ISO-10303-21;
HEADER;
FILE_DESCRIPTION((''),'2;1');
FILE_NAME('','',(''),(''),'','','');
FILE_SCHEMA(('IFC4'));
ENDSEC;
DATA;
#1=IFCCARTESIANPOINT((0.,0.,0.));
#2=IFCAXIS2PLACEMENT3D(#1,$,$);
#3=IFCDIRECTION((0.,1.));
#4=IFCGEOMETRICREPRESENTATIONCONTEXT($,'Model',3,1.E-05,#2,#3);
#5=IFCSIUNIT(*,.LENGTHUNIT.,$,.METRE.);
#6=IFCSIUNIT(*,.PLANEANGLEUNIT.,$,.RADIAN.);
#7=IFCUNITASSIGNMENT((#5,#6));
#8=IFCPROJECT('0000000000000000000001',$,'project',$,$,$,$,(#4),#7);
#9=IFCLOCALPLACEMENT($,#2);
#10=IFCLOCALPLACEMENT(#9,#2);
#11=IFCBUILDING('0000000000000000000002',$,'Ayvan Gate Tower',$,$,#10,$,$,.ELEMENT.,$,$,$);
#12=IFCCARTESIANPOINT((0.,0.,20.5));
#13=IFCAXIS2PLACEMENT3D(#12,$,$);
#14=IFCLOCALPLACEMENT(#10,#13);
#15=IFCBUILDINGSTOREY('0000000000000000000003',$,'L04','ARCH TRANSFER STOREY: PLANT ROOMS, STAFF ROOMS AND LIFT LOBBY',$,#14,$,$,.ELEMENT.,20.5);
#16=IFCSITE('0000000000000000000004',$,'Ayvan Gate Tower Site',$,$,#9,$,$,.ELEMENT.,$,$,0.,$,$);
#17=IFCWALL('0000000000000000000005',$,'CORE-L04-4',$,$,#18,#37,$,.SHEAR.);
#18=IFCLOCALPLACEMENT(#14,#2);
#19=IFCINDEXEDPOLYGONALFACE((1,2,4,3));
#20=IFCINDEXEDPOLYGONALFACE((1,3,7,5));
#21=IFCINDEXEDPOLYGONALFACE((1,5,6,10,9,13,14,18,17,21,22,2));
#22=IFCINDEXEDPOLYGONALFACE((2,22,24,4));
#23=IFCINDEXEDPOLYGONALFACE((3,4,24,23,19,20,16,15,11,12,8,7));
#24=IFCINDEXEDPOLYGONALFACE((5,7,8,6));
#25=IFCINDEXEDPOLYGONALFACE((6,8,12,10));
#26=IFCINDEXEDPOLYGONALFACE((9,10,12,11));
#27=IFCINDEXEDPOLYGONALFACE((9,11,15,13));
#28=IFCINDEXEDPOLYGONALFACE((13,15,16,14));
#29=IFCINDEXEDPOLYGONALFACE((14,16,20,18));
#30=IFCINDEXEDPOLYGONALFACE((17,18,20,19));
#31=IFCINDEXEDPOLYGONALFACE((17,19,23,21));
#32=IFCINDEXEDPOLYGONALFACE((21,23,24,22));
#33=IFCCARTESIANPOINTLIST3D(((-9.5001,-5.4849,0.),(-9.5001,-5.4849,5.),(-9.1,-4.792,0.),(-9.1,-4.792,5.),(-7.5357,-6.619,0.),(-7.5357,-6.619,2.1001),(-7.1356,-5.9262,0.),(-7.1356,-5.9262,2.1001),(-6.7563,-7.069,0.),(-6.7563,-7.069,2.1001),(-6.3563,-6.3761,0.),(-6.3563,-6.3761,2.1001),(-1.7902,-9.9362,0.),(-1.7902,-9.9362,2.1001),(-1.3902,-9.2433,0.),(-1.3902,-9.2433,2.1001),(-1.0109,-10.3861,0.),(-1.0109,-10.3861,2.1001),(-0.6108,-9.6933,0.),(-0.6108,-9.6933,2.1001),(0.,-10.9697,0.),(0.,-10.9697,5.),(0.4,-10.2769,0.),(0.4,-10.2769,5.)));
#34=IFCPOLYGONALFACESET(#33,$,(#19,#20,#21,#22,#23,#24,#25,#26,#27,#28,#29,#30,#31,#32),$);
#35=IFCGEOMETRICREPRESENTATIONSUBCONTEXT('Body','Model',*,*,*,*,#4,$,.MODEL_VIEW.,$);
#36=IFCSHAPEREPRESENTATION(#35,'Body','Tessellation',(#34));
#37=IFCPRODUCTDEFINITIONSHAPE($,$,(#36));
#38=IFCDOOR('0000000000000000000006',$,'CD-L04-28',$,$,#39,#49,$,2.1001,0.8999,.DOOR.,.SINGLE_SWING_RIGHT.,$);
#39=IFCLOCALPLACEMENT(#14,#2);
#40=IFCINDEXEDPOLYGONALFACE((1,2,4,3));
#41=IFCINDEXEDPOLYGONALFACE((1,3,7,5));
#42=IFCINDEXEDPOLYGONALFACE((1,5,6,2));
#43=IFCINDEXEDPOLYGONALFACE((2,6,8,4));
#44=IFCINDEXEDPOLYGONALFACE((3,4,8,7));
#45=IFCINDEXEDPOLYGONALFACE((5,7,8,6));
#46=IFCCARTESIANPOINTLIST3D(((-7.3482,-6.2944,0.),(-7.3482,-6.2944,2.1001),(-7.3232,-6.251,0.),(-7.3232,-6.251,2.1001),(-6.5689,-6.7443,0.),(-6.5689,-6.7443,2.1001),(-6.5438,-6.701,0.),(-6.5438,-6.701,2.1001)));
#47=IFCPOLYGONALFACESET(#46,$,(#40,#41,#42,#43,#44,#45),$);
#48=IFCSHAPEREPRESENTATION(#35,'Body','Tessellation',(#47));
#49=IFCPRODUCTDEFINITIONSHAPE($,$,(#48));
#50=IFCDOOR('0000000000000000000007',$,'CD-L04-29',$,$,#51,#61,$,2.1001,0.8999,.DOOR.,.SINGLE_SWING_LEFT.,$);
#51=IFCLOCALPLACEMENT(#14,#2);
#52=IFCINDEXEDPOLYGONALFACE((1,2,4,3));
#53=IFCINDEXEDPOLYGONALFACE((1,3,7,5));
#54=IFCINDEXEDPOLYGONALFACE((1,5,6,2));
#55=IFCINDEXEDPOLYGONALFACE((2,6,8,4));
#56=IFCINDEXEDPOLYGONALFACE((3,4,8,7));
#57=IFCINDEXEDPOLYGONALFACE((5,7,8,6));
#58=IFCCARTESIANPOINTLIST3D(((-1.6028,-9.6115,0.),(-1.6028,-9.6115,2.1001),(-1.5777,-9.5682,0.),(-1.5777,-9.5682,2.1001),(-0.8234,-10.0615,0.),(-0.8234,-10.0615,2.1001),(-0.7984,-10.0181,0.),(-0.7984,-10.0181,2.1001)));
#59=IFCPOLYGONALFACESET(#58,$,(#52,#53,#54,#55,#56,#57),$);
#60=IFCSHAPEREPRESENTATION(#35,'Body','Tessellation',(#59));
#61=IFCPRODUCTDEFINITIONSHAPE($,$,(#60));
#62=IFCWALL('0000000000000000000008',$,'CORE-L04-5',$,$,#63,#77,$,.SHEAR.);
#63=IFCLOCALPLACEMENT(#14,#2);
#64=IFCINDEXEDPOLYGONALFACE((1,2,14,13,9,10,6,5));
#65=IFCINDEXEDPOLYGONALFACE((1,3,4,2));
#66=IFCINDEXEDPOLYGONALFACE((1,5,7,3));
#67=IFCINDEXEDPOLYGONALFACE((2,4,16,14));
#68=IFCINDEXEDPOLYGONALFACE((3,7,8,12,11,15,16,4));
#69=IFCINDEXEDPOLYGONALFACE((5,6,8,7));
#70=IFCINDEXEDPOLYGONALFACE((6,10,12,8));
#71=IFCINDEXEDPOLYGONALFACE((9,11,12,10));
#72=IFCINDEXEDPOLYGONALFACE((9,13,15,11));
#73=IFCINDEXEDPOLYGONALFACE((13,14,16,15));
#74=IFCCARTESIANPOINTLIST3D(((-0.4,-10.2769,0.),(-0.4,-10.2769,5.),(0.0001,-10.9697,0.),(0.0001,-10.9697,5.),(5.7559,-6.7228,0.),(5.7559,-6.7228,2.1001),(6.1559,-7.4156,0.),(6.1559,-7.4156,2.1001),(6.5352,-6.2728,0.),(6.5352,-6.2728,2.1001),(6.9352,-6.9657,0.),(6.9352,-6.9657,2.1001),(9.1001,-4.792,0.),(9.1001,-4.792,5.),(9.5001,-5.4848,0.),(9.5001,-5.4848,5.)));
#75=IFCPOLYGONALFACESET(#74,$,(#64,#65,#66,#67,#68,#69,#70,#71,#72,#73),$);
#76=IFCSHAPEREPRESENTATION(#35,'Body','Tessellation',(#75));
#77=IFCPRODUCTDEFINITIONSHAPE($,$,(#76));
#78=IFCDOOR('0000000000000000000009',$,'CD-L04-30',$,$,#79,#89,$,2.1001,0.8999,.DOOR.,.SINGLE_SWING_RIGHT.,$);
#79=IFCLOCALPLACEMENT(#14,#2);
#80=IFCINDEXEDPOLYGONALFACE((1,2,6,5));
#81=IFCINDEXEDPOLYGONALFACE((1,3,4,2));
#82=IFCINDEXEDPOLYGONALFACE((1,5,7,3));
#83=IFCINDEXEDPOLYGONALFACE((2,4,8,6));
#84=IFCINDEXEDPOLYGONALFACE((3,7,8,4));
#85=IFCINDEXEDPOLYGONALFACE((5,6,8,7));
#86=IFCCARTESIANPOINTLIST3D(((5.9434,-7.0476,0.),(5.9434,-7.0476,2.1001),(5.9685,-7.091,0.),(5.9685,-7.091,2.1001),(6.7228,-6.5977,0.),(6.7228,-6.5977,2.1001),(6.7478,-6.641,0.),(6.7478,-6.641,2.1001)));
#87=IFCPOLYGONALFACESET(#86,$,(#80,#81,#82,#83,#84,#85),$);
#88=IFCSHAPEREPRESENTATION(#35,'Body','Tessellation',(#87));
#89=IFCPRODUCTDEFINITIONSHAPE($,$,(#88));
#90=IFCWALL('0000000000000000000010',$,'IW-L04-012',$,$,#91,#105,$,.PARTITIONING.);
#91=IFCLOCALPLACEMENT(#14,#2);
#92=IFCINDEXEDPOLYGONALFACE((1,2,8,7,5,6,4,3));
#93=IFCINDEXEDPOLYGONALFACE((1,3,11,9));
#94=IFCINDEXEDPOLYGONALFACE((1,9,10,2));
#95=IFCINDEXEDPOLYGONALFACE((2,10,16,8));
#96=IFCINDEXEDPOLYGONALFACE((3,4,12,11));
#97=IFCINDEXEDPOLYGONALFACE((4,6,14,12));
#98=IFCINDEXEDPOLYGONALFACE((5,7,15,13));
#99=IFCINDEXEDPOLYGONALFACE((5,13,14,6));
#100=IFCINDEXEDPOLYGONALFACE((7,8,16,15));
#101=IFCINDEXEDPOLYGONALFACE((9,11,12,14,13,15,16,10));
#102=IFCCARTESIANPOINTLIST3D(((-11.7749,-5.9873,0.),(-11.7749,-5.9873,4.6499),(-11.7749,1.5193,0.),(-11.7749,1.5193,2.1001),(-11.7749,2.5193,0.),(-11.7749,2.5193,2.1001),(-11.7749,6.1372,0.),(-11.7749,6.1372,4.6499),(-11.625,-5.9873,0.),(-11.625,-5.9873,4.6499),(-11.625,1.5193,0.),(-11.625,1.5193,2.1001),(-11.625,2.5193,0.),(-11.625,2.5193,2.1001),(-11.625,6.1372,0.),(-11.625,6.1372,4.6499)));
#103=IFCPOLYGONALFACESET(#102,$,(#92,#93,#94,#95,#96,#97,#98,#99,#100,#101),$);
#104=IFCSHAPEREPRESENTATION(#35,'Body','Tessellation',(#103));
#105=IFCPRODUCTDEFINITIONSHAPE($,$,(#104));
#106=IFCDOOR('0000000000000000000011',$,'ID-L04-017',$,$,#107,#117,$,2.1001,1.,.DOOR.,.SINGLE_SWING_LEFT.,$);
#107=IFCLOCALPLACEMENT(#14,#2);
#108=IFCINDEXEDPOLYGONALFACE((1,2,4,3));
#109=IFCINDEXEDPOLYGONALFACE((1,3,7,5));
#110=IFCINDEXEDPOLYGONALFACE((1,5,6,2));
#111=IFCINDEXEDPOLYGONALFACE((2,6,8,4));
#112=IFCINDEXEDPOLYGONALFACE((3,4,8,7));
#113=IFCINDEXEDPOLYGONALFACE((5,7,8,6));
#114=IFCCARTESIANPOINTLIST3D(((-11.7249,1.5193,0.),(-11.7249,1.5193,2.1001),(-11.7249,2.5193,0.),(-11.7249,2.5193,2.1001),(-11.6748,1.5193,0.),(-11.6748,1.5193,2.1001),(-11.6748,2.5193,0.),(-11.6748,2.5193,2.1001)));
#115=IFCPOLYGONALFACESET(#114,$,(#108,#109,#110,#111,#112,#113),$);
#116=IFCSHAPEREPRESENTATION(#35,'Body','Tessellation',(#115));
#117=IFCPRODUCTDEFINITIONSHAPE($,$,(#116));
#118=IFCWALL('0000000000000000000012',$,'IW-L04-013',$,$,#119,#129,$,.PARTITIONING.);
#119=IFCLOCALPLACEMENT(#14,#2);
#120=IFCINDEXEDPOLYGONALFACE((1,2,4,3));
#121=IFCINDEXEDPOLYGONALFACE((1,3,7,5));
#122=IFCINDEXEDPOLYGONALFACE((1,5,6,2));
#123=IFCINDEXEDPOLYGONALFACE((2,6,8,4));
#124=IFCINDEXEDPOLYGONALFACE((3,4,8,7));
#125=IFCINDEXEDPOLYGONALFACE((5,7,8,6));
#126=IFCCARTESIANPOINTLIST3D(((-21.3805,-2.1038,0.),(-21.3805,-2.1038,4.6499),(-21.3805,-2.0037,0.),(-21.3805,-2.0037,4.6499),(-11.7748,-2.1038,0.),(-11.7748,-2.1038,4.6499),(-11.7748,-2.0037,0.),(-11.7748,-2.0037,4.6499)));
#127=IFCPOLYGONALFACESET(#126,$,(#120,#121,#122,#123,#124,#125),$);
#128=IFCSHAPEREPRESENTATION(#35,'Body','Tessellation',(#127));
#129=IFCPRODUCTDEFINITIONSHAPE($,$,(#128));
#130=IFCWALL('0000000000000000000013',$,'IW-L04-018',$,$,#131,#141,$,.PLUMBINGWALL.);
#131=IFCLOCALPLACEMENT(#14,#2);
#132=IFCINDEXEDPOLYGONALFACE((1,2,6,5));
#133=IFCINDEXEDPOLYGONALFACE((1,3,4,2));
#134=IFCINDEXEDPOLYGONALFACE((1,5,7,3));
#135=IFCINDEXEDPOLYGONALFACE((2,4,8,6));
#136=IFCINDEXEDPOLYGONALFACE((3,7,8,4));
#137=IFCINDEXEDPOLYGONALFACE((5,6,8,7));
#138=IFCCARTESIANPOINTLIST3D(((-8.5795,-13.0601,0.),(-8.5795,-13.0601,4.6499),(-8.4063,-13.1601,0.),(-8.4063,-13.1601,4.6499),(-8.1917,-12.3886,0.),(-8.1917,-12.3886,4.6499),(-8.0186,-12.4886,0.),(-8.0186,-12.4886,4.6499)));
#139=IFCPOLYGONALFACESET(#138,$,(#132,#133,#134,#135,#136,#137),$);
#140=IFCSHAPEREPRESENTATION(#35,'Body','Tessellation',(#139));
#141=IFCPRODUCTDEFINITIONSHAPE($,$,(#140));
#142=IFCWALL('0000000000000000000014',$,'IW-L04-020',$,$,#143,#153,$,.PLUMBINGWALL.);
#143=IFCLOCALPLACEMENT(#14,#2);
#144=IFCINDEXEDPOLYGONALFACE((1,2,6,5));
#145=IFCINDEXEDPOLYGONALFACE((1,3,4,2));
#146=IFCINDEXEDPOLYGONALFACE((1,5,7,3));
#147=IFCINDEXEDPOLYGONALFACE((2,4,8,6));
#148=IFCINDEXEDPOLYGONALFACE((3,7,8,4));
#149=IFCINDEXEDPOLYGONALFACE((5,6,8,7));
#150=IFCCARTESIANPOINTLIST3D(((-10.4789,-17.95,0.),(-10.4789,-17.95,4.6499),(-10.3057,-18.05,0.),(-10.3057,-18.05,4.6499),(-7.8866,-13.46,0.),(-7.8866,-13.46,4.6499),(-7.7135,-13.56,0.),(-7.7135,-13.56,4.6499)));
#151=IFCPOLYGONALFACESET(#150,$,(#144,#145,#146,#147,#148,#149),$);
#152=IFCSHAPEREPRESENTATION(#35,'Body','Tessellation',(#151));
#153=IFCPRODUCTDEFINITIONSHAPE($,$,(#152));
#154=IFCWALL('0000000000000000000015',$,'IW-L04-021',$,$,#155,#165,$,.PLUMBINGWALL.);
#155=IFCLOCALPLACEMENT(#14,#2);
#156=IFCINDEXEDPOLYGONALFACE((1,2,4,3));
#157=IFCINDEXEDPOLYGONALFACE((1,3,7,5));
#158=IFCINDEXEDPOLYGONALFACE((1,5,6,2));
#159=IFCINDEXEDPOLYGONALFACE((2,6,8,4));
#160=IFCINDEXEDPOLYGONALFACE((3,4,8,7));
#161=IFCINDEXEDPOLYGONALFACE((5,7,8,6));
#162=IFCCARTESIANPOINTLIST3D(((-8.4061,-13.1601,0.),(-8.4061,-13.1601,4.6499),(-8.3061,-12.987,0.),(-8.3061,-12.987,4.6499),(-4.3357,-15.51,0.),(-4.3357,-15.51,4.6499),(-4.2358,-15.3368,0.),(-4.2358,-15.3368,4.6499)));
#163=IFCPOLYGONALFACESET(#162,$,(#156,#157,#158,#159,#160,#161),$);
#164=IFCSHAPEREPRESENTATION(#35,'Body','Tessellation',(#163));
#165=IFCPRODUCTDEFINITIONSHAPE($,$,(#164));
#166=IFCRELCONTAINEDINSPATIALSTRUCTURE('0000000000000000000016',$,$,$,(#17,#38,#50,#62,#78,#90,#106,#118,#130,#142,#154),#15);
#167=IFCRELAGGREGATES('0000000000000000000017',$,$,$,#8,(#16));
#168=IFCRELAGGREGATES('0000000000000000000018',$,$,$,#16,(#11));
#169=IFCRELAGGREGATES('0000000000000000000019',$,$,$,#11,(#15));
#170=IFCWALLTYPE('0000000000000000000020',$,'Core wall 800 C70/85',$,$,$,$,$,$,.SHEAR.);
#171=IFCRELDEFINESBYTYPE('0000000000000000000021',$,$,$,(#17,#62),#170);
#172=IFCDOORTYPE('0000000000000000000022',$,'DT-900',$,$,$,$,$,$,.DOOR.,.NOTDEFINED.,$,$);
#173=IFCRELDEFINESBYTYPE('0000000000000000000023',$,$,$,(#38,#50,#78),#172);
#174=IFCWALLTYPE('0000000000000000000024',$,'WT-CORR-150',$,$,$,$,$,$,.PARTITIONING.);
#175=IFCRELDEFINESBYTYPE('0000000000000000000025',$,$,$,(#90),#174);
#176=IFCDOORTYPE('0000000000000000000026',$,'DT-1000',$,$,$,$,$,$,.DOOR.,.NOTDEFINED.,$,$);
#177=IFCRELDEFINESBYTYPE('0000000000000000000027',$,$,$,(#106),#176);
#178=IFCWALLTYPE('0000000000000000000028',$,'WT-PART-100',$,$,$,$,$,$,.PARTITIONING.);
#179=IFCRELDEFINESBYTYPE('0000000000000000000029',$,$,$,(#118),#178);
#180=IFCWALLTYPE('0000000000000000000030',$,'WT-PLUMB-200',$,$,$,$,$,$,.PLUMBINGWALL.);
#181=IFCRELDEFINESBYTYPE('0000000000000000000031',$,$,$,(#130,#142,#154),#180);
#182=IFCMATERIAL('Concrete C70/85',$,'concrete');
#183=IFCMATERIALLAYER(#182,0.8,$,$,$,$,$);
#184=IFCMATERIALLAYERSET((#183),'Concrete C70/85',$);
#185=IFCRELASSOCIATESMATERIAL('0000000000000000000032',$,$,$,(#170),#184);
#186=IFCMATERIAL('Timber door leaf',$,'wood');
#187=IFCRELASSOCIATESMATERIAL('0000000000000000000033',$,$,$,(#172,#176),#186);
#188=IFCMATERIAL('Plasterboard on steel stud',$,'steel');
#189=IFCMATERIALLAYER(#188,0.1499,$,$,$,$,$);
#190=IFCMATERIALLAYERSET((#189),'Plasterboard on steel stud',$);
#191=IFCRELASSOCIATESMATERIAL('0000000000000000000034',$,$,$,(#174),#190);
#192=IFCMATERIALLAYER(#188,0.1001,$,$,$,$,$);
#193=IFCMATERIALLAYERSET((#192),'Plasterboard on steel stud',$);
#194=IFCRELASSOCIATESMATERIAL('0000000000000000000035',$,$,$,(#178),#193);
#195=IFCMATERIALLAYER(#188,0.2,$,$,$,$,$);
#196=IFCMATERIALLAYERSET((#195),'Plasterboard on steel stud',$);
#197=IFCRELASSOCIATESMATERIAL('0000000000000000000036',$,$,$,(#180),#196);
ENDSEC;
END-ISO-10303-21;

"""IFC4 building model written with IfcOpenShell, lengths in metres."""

from ifc_helpers import new_model, si_unit, direction, frame, frame_2d, origin, place, context, subcontext, project, spatial, rectangle, extrude, material, layer, layer_set, type_object, element, fill, save


model = new_model("IFC4")

# Units and contexts
model_context = context("Model", 3, precision=1e-05, world=origin(), true_north=direction((0.0, 1.0)))
body_context = subcontext(model_context, "Body", "Model", "MODEL_VIEW")
ifc_project = project(units=[si_unit("LENGTHUNIT", "METRE"), si_unit("PLANEANGLEUNIT", "RADIAN")], contexts=[model_context])

# Site, building, storey
site_placement = place(None, origin())
site = spatial("IfcSite", under=ifc_project, at=site_placement, Name="Ayvan Gate Tower Site", CompositionType="ELEMENT", RefElevation=0.0)
building_placement = place(site_placement, origin())
building = spatial("IfcBuilding", under=site, at=building_placement, Name="Ayvan Gate Tower", CompositionType="ELEMENT")
storey_placement = place(building_placement, frame((0.0, 0.0, 20.5)))
storey = spatial("IfcBuildingStorey", under=building, at=storey_placement, Name="L04", Description="ARCH TRANSFER STOREY: PLANT ROOMS, STAFF ROOMS AND LIFT LOBBY", CompositionType="ELEMENT", Elevation=20.5)

# Wall, openings, doors
ifc_material_1 = material(Name="Concrete C70/85", Category="concrete")
ifc_layer_1 = layer(ifc_material_1, 0.8)
ifc_layer_set_1 = layer_set([ifc_layer_1], Name="Concrete C70/85")
wall_type_1 = type_object("IfcWallType", Name="Core wall 800 C70/85", PredefinedType="SHEAR", material=ifc_layer_set_1)
wall_1_placement = place(storey_placement, frame((-9.3, -5.1384, 0.0), z_axis=(0.0, 0.0, 1.0), x_axis=(0.866024, -0.500002, 0.0)))
wall_1 = element("IfcWall", 1, at=wall_1_placement, inside=storey, type_object=wall_type_1, Name="CORE-L04-4", PredefinedType="SHEAR", context=body_context, shape_type="SweptSolid", body=[
    extrude(rectangle(XDim=10.9697, YDim=0.8, at=frame_2d((5.4849, 0.0))), origin(), (0.0, 0.0, 1.0), 5.0),
])
opening_1_placement = place(wall_1_placement, frame((2.2683, 0.0, 0.0)))
opening_1 = element("IfcOpeningElement", 2, at=opening_1_placement, cuts=wall_1, PredefinedType="OPENING", context=body_context, shape_type="SweptSolid", body=[
    extrude(rectangle(XDim=0.8999, YDim=2.1001, at=frame_2d((0.45, 1.05))), frame((0.0, 0.4099, 0.0), z_axis=(0.0, -1.0, 0.0), x_axis=(1.0, 0.0, 0.0)), (0.0, 0.0, 1.0), 0.8201),
])
opening_2_placement = place(wall_1_placement, frame((8.9026, 0.0, 0.0)))
opening_2 = element("IfcOpeningElement", 3, at=opening_2_placement, cuts=wall_1, PredefinedType="OPENING", context=body_context, shape_type="SweptSolid", body=[
    extrude(rectangle(XDim=0.8999, YDim=2.1001, at=frame_2d((0.45, 1.05))), frame((0.0, 0.4099, 0.0), z_axis=(0.0, -1.0, 0.0), x_axis=(1.0, 0.0, 0.0)), (0.0, 0.0, 1.0), 0.8201),
])
ifc_material_2 = material(Name="Timber door leaf", Category="wood")
door_type_1 = type_object("IfcDoorType", Name="DT-900", OperationType="NOTDEFINED", PredefinedType="DOOR", material=ifc_material_2)
door_1_placement = place(opening_1_placement, origin())
door_1 = element("IfcDoor", 4, at=door_1_placement, inside=storey, type_object=door_type_1, Name="CD-L04-28", OperationType="SINGLE_SWING_RIGHT", OverallHeight=2.1001, OverallWidth=0.8999, PredefinedType="DOOR", context=body_context, shape_type="SweptSolid", body=[
    extrude(rectangle(XDim=0.8999, YDim=2.1001, at=frame_2d((0.45, 1.05))), frame((0.0, 0.0249, 0.0), z_axis=(0.0, -1.0, 0.0), x_axis=(1.0, 0.0, 0.0)), (0.0, 0.0, 1.0), 0.05),
])
fill(opening_1, door_1)
door_2_placement = place(opening_2_placement, origin())
door_2 = element("IfcDoor", 5, at=door_2_placement, inside=storey, type_object=door_type_1, Name="CD-L04-29", OperationType="SINGLE_SWING_LEFT", OverallHeight=2.1001, OverallWidth=0.8999, PredefinedType="DOOR", context=body_context, shape_type="SweptSolid", body=[
    extrude(rectangle(XDim=0.8999, YDim=2.1001, at=frame_2d((0.45, 1.05))), frame((0.0, 0.0249, 0.0), z_axis=(0.0, -1.0, 0.0), x_axis=(1.0, 0.0, 0.0)), (0.0, 0.0, 1.0), 0.05),
])
fill(opening_2, door_2)

# Walls, openings, doors
wall_2_placement = place(storey_placement, frame((-0.2, -10.6233, 0.0), z_axis=(0.0, 0.0, 1.0), x_axis=(0.866024, 0.500002, 0.0)))
wall_2 = element("IfcWall", 6, at=wall_2_placement, inside=storey, type_object=wall_type_1, Name="CORE-L04-5", PredefinedType="SHEAR", context=body_context, shape_type="SweptSolid", body=[
    extrude(rectangle(XDim=10.9697, YDim=0.8, at=frame_2d((5.4849, 0.0))), origin(), (0.0, 0.0, 1.0), 5.0),
])
opening_3_placement = place(wall_2_placement, frame((7.1082, 0.0, 0.0)))
opening_3 = element("IfcOpeningElement", 7, at=opening_3_placement, cuts=wall_2, PredefinedType="OPENING", context=body_context, shape_type="SweptSolid", body=[
    extrude(rectangle(XDim=0.8999, YDim=2.1001, at=frame_2d((0.45, 1.05))), frame((0.0, 0.4099, 0.0), z_axis=(0.0, -1.0, 0.0), x_axis=(1.0, 0.0, 0.0)), (0.0, 0.0, 1.0), 0.8201),
])
door_3_placement = place(opening_3_placement, origin())
door_3 = element("IfcDoor", 8, at=door_3_placement, inside=storey, type_object=door_type_1, Name="CD-L04-30", OperationType="SINGLE_SWING_RIGHT", OverallHeight=2.1001, OverallWidth=0.8999, PredefinedType="DOOR", context=body_context, shape_type="SweptSolid", body=[
    extrude(rectangle(XDim=0.8999, YDim=2.1001, at=frame_2d((0.45, 1.05))), frame((0.0, 0.0249, 0.0), z_axis=(0.0, -1.0, 0.0), x_axis=(1.0, 0.0, 0.0)), (0.0, 0.0, 1.0), 0.05),
])
fill(opening_3, door_3)
ifc_material_3 = material(Name="Plasterboard on steel stud", Category="steel")
ifc_layer_2 = layer(ifc_material_3, 0.1499)
ifc_layer_set_2 = layer_set([ifc_layer_2], Name="Plasterboard on steel stud")
wall_type_2 = type_object("IfcWallType", Name="WT-CORR-150", PredefinedType="PARTITIONING", material=ifc_layer_set_2)
wall_3_placement = place(storey_placement, frame((-11.7, -5.9873, 0.0), z_axis=(0.0, 0.0, 1.0), x_axis=(0.0, 1.0, 0.0)))
wall_3 = element("IfcWall", 9, at=wall_3_placement, inside=storey, type_object=wall_type_2, Name="IW-L04-012", PredefinedType="PARTITIONING", context=body_context, shape_type="SweptSolid", body=[
    extrude(rectangle(XDim=12.1245, YDim=0.1499, at=frame_2d((6.0623, 0.0))), origin(), (0.0, 0.0, 1.0), 4.6499),
])
opening_4_placement = place(wall_3_placement, frame((7.5066, 0.0, 0.0)))
opening_4 = element("IfcOpeningElement", 10, at=opening_4_placement, cuts=wall_3, PredefinedType="OPENING", context=body_context, shape_type="SweptSolid", body=[
    extrude(rectangle(XDim=1.0, YDim=2.1001, at=frame_2d((0.5, 1.05))), frame((0.0, 0.085, 0.0), z_axis=(0.0, -1.0, 0.0), x_axis=(1.0, 0.0, 0.0)), (0.0, 0.0, 1.0), 0.1699),
])
door_type_2 = type_object("IfcDoorType", Name="DT-1000", OperationType="NOTDEFINED", PredefinedType="DOOR", material=ifc_material_2)
door_4_placement = place(opening_4_placement, origin())
door_4 = element("IfcDoor", 11, at=door_4_placement, inside=storey, type_object=door_type_2, Name="ID-L04-017", OperationType="SINGLE_SWING_LEFT", OverallHeight=2.1001, OverallWidth=1.0, PredefinedType="DOOR", context=body_context, shape_type="SweptSolid", body=[
    extrude(rectangle(XDim=1.0, YDim=2.1001, at=frame_2d((0.5, 1.05))), frame((0.0, 0.0249, 0.0), z_axis=(0.0, -1.0, 0.0), x_axis=(1.0, 0.0, 0.0)), (0.0, 0.0, 1.0), 0.05),
])
fill(opening_4, door_4)

# Walls
ifc_layer_3 = layer(ifc_material_3, 0.1001)
ifc_layer_set_3 = layer_set([ifc_layer_3], Name="Plasterboard on steel stud")
wall_type_3 = type_object("IfcWallType", Name="WT-PART-100", PredefinedType="PARTITIONING", material=ifc_layer_set_3)
wall_4_placement = place(storey_placement, frame((-11.7749, -2.0537, 0.0), z_axis=(0.0, 0.0, 1.0), x_axis=(-1.0, 0.0, 0.0)))
element("IfcWall", 12, at=wall_4_placement, inside=storey, type_object=wall_type_3, Name="IW-L04-013", PredefinedType="PARTITIONING", context=body_context, shape_type="SweptSolid", body=[
    extrude(rectangle(XDim=9.6057, YDim=0.1001, at=frame_2d((4.8027, 0.0))), origin(), (0.0, 0.0, 1.0), 4.6499),
])
ifc_layer_4 = layer(ifc_material_3, 0.2)
ifc_layer_set_4 = layer_set([ifc_layer_4], Name="Plasterboard on steel stud")
wall_type_4 = type_object("IfcWallType", Name="WT-PLUMB-200", PredefinedType="PLUMBINGWALL", material=ifc_layer_set_4)
wall_5_placement = place(storey_placement, frame((-8.4929, -13.1101, 0.0), z_axis=(0.0, 0.0, 1.0), x_axis=(0.500068, 0.865986, 0.0)))
element("IfcWall", 13, at=wall_5_placement, inside=storey, type_object=wall_type_4, Name="IW-L04-018", PredefinedType="PLUMBINGWALL", context=body_context, shape_type="SweptSolid", body=[
    extrude(rectangle(XDim=0.7754, YDim=0.2, at=frame_2d((0.3877, 0.0))), origin(), (0.0, 0.0, 1.0), 4.6499),
])
wall_6_placement = place(storey_placement, frame((-7.8, -13.51, 0.0), z_axis=(0.0, 0.0, 1.0), x_axis=(-0.499998, -0.866026, 0.0)))
element("IfcWall", 14, at=wall_6_placement, inside=storey, type_object=wall_type_4, Name="IW-L04-020", PredefinedType="PLUMBINGWALL", context=body_context, shape_type="SweptSolid", body=[
    extrude(rectangle(XDim=5.1846, YDim=0.2, at=frame_2d((2.5923, 0.0))), origin(), (0.0, 0.0, 1.0), 4.6499),
])
wall_7_placement = place(storey_placement, frame((-8.3562, -13.0735, 0.0), z_axis=(0.0, 0.0, 1.0), x_axis=(0.866039, -0.499977, 0.0)))
element("IfcWall", 15, at=wall_7_placement, inside=storey, type_object=wall_type_4, Name="IW-L04-021", PredefinedType="PLUMBINGWALL", context=body_context, shape_type="SweptSolid", body=[
    extrude(rectangle(XDim=4.7, YDim=0.2, at=frame_2d((2.3501, 0.0))), origin(), (0.0, 0.0, 1.0), 4.6499),
])

save(model, "model.ifc")
